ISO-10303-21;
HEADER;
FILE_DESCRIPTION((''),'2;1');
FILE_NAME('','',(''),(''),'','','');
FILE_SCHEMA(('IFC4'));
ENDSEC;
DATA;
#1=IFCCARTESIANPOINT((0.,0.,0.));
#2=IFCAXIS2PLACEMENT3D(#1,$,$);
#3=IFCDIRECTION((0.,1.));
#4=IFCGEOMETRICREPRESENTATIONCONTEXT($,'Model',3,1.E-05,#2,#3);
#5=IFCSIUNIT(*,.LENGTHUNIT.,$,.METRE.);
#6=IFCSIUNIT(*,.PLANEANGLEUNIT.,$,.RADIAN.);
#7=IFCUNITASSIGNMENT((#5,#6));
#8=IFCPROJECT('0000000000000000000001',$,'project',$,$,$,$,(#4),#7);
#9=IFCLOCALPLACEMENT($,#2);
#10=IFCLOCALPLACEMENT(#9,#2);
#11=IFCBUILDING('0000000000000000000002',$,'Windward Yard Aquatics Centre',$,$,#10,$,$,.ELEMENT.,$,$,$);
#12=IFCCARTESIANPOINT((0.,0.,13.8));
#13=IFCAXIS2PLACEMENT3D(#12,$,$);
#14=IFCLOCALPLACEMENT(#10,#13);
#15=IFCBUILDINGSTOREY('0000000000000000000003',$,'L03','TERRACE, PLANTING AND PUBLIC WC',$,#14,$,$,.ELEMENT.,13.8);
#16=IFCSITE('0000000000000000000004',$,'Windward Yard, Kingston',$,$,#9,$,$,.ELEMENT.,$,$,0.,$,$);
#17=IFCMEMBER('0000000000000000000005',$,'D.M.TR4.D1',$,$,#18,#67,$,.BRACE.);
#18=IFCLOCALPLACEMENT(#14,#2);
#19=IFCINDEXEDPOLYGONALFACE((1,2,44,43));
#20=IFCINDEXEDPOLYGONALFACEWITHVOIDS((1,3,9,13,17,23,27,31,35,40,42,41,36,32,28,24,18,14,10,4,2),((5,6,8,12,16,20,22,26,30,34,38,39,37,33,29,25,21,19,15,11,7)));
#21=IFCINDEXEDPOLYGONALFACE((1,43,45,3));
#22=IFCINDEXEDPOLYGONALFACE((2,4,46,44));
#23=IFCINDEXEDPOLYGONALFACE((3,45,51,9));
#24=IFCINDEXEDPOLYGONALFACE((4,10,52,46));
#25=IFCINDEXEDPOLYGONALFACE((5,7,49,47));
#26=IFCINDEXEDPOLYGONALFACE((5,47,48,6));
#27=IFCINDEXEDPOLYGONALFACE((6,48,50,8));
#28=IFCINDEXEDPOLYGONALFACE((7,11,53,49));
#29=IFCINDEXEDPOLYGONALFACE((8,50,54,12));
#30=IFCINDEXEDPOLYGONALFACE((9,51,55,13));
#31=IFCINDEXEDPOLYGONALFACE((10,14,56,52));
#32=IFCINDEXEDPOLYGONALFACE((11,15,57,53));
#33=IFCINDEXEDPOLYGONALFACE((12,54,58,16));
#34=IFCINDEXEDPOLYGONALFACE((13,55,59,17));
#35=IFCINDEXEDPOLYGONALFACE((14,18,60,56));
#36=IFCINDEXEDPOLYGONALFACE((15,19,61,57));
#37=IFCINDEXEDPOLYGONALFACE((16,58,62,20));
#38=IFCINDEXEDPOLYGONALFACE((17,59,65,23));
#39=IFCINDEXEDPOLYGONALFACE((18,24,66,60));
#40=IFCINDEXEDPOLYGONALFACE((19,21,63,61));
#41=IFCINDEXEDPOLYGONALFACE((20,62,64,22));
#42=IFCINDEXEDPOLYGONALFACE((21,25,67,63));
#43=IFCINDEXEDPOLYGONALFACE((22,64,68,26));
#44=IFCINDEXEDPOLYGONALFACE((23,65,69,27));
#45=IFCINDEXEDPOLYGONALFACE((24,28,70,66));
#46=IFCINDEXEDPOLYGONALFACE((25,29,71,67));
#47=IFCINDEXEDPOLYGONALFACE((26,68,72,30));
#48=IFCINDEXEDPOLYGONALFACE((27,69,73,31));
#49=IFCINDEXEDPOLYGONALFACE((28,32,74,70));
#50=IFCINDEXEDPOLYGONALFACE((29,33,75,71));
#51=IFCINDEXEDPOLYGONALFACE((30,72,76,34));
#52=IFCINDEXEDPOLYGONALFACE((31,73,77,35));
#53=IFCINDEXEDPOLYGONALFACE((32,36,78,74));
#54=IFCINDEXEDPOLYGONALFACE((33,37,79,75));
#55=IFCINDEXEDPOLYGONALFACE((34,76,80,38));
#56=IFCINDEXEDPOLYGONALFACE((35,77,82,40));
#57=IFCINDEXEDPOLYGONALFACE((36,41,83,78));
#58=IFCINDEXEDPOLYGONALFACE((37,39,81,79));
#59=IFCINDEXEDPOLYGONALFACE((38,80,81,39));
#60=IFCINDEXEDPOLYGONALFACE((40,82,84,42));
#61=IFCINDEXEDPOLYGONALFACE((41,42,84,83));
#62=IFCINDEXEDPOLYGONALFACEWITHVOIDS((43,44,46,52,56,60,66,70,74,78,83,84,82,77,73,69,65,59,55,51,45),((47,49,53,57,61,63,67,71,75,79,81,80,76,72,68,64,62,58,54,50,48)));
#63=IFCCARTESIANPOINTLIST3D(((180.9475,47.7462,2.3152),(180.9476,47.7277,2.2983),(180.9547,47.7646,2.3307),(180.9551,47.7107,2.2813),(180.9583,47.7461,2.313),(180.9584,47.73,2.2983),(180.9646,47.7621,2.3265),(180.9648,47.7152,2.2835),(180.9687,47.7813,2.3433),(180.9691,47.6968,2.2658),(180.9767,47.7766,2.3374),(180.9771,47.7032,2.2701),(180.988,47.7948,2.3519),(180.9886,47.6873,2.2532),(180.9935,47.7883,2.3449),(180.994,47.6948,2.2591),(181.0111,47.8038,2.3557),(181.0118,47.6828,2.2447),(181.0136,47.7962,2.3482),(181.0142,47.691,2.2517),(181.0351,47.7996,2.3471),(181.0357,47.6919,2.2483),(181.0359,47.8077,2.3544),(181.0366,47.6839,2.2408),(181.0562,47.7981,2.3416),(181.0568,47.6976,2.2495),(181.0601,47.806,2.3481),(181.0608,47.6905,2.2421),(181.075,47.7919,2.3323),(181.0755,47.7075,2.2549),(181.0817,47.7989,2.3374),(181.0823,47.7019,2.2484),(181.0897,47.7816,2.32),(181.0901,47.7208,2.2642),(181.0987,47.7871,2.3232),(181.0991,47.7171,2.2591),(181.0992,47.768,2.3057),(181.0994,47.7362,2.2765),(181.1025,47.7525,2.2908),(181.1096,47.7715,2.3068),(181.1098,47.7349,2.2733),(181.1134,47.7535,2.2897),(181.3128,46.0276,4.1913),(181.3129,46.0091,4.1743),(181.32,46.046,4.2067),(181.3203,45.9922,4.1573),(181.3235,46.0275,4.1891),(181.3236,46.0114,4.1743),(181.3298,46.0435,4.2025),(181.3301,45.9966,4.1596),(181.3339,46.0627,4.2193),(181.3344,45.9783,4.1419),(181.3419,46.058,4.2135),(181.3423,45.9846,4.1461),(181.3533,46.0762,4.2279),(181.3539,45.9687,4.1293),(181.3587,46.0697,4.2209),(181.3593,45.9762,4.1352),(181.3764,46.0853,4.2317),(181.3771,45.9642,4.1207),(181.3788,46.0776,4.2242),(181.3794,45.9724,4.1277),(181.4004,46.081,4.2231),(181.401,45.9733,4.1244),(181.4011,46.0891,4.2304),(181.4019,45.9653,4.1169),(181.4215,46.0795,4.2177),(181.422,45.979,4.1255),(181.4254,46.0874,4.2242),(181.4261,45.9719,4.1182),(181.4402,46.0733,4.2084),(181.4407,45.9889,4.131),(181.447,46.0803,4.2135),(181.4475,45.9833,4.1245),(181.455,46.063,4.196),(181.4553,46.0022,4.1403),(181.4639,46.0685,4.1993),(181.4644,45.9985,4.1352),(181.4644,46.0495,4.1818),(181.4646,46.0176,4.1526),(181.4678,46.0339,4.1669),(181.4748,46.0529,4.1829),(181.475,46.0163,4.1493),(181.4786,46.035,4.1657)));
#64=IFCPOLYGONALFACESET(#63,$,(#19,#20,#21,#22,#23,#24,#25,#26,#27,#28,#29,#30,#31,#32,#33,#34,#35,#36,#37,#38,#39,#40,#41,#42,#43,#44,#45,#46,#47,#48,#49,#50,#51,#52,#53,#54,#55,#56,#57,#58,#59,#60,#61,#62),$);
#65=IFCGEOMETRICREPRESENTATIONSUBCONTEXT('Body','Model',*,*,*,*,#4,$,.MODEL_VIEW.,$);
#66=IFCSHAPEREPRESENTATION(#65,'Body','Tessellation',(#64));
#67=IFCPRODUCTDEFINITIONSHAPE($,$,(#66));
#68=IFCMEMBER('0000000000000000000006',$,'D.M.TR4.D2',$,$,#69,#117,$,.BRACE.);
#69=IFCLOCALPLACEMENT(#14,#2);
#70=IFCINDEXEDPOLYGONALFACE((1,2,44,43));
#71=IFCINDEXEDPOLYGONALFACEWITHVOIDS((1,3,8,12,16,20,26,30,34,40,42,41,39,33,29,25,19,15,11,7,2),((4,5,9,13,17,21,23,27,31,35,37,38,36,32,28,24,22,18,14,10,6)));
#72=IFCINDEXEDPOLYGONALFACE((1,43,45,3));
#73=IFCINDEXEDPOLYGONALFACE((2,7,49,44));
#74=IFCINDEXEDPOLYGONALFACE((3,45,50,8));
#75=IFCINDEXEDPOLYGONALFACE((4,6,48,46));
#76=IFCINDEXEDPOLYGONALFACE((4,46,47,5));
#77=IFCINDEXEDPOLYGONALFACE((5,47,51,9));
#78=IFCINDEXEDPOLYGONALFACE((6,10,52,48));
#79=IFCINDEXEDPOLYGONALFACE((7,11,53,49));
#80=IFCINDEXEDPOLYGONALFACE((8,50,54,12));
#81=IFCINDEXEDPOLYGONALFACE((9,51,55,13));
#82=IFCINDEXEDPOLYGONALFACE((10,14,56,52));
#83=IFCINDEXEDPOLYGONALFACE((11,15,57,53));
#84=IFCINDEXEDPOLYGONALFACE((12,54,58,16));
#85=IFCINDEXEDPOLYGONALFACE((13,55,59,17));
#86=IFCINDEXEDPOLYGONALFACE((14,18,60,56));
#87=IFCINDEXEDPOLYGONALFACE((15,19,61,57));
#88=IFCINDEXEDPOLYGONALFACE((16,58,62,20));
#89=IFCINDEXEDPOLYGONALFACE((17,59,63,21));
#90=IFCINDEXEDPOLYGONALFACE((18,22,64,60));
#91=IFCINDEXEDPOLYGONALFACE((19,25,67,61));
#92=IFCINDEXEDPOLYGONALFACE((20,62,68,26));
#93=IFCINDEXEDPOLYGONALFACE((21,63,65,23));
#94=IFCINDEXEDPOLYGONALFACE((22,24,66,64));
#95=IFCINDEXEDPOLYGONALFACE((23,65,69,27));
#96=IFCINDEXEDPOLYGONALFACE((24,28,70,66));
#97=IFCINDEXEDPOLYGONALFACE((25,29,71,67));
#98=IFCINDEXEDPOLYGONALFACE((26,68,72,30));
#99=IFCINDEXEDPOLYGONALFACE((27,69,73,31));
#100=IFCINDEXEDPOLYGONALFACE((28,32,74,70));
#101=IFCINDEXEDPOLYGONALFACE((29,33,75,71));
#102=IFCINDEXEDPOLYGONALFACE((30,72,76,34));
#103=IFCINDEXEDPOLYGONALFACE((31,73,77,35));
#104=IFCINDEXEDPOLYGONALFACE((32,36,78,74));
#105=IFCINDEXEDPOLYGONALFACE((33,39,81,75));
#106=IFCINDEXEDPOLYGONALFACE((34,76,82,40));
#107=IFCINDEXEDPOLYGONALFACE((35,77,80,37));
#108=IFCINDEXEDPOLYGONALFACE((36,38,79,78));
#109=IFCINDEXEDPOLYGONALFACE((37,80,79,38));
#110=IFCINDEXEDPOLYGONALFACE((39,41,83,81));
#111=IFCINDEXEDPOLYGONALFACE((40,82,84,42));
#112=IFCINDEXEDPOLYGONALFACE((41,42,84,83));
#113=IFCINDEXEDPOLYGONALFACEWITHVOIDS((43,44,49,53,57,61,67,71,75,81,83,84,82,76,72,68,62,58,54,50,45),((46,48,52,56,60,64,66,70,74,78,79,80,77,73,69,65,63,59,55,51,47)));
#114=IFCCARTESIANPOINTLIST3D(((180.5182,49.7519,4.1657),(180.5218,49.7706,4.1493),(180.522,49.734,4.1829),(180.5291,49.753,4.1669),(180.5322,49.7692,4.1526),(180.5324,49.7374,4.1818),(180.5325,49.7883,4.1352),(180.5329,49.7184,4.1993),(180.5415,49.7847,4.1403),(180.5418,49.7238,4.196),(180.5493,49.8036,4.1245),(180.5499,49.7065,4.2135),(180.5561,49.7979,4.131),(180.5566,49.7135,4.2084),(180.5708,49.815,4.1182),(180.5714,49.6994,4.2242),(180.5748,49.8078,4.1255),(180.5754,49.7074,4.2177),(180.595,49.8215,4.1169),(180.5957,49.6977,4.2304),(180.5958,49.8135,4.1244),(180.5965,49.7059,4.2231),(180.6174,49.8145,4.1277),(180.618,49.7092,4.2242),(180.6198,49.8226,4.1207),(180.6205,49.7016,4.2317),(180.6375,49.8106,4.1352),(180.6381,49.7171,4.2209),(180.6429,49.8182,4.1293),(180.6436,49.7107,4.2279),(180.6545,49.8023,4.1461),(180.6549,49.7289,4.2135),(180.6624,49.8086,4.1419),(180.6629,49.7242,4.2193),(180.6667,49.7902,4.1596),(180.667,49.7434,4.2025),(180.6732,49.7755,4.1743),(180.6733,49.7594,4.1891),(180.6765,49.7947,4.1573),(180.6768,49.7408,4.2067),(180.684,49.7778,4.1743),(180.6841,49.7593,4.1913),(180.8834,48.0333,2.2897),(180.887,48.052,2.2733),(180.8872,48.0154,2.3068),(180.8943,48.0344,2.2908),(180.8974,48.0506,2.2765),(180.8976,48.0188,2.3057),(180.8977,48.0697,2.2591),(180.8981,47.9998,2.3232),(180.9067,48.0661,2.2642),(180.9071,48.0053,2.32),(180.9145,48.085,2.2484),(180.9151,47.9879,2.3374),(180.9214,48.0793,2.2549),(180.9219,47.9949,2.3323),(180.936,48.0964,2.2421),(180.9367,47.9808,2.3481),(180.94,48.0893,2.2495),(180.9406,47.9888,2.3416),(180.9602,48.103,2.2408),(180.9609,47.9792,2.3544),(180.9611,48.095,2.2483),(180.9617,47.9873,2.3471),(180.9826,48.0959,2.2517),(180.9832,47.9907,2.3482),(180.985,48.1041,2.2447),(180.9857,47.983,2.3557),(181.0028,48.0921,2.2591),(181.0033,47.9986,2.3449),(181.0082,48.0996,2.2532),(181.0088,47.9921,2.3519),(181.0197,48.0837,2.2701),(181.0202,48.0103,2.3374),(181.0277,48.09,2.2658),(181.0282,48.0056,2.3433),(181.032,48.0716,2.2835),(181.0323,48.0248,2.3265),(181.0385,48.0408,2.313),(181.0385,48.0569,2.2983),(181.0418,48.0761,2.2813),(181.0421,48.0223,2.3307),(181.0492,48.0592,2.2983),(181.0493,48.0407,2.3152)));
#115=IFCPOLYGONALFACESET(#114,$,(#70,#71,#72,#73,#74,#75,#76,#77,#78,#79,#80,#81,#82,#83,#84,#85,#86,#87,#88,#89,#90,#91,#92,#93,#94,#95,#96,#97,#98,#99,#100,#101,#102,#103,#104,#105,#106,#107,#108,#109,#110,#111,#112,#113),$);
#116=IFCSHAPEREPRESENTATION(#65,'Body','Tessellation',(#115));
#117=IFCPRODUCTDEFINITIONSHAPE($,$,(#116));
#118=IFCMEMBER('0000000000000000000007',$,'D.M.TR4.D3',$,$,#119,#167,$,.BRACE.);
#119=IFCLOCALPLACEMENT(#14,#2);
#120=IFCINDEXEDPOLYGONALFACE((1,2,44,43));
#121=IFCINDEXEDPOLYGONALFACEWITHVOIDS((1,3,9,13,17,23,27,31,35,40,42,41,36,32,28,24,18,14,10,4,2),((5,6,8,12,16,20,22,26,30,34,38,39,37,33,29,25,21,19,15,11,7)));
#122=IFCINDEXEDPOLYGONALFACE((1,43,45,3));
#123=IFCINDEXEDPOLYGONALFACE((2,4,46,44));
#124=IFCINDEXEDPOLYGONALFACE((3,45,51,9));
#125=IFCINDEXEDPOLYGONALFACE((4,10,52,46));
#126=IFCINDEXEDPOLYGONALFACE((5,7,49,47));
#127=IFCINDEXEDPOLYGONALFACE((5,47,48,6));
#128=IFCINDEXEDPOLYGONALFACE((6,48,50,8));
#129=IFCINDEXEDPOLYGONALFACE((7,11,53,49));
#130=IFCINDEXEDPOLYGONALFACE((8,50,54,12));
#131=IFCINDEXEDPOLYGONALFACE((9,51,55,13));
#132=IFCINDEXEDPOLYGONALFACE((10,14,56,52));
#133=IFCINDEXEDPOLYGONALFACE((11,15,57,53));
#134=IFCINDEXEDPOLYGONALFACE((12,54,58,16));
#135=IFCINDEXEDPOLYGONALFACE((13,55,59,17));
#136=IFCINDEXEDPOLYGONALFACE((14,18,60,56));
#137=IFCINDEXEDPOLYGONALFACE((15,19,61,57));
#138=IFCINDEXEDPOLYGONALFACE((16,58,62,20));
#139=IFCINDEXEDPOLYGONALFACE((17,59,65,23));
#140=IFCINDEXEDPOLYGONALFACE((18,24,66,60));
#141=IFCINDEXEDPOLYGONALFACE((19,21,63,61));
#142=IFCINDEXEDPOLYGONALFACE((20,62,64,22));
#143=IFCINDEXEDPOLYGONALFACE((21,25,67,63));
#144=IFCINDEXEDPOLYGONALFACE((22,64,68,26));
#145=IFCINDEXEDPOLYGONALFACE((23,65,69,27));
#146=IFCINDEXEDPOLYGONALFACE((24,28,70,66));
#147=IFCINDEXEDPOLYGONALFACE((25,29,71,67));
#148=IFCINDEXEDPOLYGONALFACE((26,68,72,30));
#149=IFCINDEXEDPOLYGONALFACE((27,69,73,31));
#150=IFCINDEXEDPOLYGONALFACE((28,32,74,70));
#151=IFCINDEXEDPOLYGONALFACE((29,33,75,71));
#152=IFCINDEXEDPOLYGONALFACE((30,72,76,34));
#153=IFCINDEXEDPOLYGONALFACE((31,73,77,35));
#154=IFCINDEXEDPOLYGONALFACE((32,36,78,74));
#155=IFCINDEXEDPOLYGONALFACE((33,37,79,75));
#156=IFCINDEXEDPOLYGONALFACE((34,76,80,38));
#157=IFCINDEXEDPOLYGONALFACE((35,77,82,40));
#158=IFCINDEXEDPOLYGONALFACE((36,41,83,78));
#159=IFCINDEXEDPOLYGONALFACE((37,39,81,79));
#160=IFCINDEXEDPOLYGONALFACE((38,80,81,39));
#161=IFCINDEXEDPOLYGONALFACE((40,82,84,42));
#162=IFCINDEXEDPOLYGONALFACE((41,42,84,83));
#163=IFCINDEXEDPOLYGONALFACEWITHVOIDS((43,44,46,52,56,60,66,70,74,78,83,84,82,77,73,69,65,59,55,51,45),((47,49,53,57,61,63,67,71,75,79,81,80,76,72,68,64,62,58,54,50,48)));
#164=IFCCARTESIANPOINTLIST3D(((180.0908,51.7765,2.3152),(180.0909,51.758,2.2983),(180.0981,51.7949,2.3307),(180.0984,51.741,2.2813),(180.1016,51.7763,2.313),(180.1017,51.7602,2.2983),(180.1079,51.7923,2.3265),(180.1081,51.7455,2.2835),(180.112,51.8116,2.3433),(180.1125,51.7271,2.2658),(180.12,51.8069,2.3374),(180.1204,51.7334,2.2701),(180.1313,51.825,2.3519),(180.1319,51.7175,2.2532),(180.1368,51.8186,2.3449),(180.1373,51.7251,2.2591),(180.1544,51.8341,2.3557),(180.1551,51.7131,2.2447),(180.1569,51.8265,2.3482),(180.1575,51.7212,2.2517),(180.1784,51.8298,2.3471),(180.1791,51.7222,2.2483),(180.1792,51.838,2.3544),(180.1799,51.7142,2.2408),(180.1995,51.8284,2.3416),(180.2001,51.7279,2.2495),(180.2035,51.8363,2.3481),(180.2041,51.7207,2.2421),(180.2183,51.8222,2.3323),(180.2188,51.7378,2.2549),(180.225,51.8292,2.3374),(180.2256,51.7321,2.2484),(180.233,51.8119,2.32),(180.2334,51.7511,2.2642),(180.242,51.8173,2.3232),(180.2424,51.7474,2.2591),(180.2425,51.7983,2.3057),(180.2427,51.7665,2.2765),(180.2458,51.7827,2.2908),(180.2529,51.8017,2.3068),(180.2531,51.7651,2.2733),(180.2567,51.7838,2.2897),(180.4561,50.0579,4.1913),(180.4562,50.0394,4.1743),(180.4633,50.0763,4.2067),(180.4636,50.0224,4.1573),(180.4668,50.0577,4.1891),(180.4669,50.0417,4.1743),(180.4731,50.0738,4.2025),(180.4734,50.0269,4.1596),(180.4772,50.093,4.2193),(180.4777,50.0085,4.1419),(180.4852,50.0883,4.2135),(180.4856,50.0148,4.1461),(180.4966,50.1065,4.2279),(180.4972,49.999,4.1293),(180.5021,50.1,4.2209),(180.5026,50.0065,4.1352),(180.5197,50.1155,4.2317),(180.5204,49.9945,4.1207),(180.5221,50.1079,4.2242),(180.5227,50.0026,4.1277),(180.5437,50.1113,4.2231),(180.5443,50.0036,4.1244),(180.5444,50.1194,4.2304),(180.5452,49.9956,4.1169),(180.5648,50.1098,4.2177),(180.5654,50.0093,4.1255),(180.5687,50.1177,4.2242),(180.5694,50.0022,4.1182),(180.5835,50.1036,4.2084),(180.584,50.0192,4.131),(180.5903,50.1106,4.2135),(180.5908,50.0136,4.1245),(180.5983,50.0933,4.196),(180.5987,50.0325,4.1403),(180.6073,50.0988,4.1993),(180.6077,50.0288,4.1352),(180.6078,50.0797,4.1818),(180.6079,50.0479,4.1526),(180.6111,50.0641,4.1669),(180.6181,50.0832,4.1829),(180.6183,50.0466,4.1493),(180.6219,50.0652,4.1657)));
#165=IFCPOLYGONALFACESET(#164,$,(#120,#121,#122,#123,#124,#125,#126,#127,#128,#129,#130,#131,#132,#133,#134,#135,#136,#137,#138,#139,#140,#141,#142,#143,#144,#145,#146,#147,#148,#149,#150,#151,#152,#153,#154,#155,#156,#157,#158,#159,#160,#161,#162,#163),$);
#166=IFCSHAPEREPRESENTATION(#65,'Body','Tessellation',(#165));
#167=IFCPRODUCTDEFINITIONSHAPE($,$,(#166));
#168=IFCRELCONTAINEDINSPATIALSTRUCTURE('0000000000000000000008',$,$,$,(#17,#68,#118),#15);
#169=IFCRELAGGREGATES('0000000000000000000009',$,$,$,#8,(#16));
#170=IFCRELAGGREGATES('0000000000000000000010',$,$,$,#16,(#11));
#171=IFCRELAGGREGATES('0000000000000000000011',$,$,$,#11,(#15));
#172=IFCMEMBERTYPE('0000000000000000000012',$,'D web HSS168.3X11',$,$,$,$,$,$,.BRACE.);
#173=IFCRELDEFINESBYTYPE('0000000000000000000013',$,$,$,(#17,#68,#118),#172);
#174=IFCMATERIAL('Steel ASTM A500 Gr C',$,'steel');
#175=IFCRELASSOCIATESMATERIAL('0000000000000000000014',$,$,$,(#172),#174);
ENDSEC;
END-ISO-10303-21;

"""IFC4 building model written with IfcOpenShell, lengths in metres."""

from ifc_helpers import new_model, si_unit, direction, frame, origin, origin_2d, place, context, subcontext, project, spatial, hollow_circle, extrude, material, material_profile, profile_set, type_object, element, save


model = new_model("IFC4")

# Units and contexts
model_context = context("Model", 3, precision=1e-05, world=origin(), true_north=direction((0.0, 1.0)))
body_context = subcontext(model_context, "Body", "Model", "MODEL_VIEW")
ifc_project = project(units=[si_unit("LENGTHUNIT", "METRE"), si_unit("PLANEANGLEUNIT", "RADIAN")], contexts=[model_context])

# Site, building, storey
site_placement = place(None, origin())
site = spatial("IfcSite", under=ifc_project, at=site_placement, Name="Windward Yard, Kingston", CompositionType="ELEMENT", RefElevation=0.0)
building_placement = place(site_placement, origin())
building = spatial("IfcBuilding", under=site, at=building_placement, Name="Windward Yard Aquatics Centre", CompositionType="ELEMENT")
storey_placement = place(building_placement, frame((0.0, 0.0, 13.8)))
storey = spatial("IfcBuildingStorey", under=building, at=storey_placement, Name="L03", Description="TERRACE, PLANTING AND PUBLIC WC", CompositionType="ELEMENT", Elevation=13.8)

# Shared definitions
ifc_material_1 = material(Name="Steel ASTM A500 Gr C", Category="steel")

# Members
ifc_material_profile_1 = material_profile(ifc_material_1, hollow_circle(Radius=0.0842, WallThickness=0.011, at=origin_2d()), Name="HSS168.3X11")
ifc_profile_set_1 = profile_set([ifc_material_profile_1], Name="Steel ASTM A500 Gr C")
member_type_1 = type_object("IfcMemberType", Name="D web HSS168.3X11", PredefinedType="BRACE", material=ifc_profile_set_1)
for number, where, z_axis, x_axis, name in (
    (1, (181.3953, 46.0266, 4.1743), (-0.142103, 0.668626, -0.729894), (-0.978153, -0.207887, 0.0), "D.M.TR4.D1"),
    (2, (180.6016, 49.7603, 4.1743), (0.142103, -0.668626, -0.729894), (0.978153, 0.207887, 0.0), "D.M.TR4.D2"),
    (3, (180.5386, 50.0569, 4.1743), (-0.142103, 0.668626, -0.729894), (-0.978153, -0.207887, 0.0), "D.M.TR4.D3"),
):
    element("IfcMember", number, at=place(storey_placement, frame(where, z_axis=z_axis, x_axis=x_axis)), inside=storey, type_object=member_type_1, Name=name, PredefinedType="BRACE", context=body_context, shape_type="SweptSolid", body=[
        extrude(hollow_circle(Radius=0.0842, WallThickness=0.011, at=origin_2d()), origin(), (0.0, 0.0, 1.0), 2.5703),
    ])

save(model, "model.ifc")
